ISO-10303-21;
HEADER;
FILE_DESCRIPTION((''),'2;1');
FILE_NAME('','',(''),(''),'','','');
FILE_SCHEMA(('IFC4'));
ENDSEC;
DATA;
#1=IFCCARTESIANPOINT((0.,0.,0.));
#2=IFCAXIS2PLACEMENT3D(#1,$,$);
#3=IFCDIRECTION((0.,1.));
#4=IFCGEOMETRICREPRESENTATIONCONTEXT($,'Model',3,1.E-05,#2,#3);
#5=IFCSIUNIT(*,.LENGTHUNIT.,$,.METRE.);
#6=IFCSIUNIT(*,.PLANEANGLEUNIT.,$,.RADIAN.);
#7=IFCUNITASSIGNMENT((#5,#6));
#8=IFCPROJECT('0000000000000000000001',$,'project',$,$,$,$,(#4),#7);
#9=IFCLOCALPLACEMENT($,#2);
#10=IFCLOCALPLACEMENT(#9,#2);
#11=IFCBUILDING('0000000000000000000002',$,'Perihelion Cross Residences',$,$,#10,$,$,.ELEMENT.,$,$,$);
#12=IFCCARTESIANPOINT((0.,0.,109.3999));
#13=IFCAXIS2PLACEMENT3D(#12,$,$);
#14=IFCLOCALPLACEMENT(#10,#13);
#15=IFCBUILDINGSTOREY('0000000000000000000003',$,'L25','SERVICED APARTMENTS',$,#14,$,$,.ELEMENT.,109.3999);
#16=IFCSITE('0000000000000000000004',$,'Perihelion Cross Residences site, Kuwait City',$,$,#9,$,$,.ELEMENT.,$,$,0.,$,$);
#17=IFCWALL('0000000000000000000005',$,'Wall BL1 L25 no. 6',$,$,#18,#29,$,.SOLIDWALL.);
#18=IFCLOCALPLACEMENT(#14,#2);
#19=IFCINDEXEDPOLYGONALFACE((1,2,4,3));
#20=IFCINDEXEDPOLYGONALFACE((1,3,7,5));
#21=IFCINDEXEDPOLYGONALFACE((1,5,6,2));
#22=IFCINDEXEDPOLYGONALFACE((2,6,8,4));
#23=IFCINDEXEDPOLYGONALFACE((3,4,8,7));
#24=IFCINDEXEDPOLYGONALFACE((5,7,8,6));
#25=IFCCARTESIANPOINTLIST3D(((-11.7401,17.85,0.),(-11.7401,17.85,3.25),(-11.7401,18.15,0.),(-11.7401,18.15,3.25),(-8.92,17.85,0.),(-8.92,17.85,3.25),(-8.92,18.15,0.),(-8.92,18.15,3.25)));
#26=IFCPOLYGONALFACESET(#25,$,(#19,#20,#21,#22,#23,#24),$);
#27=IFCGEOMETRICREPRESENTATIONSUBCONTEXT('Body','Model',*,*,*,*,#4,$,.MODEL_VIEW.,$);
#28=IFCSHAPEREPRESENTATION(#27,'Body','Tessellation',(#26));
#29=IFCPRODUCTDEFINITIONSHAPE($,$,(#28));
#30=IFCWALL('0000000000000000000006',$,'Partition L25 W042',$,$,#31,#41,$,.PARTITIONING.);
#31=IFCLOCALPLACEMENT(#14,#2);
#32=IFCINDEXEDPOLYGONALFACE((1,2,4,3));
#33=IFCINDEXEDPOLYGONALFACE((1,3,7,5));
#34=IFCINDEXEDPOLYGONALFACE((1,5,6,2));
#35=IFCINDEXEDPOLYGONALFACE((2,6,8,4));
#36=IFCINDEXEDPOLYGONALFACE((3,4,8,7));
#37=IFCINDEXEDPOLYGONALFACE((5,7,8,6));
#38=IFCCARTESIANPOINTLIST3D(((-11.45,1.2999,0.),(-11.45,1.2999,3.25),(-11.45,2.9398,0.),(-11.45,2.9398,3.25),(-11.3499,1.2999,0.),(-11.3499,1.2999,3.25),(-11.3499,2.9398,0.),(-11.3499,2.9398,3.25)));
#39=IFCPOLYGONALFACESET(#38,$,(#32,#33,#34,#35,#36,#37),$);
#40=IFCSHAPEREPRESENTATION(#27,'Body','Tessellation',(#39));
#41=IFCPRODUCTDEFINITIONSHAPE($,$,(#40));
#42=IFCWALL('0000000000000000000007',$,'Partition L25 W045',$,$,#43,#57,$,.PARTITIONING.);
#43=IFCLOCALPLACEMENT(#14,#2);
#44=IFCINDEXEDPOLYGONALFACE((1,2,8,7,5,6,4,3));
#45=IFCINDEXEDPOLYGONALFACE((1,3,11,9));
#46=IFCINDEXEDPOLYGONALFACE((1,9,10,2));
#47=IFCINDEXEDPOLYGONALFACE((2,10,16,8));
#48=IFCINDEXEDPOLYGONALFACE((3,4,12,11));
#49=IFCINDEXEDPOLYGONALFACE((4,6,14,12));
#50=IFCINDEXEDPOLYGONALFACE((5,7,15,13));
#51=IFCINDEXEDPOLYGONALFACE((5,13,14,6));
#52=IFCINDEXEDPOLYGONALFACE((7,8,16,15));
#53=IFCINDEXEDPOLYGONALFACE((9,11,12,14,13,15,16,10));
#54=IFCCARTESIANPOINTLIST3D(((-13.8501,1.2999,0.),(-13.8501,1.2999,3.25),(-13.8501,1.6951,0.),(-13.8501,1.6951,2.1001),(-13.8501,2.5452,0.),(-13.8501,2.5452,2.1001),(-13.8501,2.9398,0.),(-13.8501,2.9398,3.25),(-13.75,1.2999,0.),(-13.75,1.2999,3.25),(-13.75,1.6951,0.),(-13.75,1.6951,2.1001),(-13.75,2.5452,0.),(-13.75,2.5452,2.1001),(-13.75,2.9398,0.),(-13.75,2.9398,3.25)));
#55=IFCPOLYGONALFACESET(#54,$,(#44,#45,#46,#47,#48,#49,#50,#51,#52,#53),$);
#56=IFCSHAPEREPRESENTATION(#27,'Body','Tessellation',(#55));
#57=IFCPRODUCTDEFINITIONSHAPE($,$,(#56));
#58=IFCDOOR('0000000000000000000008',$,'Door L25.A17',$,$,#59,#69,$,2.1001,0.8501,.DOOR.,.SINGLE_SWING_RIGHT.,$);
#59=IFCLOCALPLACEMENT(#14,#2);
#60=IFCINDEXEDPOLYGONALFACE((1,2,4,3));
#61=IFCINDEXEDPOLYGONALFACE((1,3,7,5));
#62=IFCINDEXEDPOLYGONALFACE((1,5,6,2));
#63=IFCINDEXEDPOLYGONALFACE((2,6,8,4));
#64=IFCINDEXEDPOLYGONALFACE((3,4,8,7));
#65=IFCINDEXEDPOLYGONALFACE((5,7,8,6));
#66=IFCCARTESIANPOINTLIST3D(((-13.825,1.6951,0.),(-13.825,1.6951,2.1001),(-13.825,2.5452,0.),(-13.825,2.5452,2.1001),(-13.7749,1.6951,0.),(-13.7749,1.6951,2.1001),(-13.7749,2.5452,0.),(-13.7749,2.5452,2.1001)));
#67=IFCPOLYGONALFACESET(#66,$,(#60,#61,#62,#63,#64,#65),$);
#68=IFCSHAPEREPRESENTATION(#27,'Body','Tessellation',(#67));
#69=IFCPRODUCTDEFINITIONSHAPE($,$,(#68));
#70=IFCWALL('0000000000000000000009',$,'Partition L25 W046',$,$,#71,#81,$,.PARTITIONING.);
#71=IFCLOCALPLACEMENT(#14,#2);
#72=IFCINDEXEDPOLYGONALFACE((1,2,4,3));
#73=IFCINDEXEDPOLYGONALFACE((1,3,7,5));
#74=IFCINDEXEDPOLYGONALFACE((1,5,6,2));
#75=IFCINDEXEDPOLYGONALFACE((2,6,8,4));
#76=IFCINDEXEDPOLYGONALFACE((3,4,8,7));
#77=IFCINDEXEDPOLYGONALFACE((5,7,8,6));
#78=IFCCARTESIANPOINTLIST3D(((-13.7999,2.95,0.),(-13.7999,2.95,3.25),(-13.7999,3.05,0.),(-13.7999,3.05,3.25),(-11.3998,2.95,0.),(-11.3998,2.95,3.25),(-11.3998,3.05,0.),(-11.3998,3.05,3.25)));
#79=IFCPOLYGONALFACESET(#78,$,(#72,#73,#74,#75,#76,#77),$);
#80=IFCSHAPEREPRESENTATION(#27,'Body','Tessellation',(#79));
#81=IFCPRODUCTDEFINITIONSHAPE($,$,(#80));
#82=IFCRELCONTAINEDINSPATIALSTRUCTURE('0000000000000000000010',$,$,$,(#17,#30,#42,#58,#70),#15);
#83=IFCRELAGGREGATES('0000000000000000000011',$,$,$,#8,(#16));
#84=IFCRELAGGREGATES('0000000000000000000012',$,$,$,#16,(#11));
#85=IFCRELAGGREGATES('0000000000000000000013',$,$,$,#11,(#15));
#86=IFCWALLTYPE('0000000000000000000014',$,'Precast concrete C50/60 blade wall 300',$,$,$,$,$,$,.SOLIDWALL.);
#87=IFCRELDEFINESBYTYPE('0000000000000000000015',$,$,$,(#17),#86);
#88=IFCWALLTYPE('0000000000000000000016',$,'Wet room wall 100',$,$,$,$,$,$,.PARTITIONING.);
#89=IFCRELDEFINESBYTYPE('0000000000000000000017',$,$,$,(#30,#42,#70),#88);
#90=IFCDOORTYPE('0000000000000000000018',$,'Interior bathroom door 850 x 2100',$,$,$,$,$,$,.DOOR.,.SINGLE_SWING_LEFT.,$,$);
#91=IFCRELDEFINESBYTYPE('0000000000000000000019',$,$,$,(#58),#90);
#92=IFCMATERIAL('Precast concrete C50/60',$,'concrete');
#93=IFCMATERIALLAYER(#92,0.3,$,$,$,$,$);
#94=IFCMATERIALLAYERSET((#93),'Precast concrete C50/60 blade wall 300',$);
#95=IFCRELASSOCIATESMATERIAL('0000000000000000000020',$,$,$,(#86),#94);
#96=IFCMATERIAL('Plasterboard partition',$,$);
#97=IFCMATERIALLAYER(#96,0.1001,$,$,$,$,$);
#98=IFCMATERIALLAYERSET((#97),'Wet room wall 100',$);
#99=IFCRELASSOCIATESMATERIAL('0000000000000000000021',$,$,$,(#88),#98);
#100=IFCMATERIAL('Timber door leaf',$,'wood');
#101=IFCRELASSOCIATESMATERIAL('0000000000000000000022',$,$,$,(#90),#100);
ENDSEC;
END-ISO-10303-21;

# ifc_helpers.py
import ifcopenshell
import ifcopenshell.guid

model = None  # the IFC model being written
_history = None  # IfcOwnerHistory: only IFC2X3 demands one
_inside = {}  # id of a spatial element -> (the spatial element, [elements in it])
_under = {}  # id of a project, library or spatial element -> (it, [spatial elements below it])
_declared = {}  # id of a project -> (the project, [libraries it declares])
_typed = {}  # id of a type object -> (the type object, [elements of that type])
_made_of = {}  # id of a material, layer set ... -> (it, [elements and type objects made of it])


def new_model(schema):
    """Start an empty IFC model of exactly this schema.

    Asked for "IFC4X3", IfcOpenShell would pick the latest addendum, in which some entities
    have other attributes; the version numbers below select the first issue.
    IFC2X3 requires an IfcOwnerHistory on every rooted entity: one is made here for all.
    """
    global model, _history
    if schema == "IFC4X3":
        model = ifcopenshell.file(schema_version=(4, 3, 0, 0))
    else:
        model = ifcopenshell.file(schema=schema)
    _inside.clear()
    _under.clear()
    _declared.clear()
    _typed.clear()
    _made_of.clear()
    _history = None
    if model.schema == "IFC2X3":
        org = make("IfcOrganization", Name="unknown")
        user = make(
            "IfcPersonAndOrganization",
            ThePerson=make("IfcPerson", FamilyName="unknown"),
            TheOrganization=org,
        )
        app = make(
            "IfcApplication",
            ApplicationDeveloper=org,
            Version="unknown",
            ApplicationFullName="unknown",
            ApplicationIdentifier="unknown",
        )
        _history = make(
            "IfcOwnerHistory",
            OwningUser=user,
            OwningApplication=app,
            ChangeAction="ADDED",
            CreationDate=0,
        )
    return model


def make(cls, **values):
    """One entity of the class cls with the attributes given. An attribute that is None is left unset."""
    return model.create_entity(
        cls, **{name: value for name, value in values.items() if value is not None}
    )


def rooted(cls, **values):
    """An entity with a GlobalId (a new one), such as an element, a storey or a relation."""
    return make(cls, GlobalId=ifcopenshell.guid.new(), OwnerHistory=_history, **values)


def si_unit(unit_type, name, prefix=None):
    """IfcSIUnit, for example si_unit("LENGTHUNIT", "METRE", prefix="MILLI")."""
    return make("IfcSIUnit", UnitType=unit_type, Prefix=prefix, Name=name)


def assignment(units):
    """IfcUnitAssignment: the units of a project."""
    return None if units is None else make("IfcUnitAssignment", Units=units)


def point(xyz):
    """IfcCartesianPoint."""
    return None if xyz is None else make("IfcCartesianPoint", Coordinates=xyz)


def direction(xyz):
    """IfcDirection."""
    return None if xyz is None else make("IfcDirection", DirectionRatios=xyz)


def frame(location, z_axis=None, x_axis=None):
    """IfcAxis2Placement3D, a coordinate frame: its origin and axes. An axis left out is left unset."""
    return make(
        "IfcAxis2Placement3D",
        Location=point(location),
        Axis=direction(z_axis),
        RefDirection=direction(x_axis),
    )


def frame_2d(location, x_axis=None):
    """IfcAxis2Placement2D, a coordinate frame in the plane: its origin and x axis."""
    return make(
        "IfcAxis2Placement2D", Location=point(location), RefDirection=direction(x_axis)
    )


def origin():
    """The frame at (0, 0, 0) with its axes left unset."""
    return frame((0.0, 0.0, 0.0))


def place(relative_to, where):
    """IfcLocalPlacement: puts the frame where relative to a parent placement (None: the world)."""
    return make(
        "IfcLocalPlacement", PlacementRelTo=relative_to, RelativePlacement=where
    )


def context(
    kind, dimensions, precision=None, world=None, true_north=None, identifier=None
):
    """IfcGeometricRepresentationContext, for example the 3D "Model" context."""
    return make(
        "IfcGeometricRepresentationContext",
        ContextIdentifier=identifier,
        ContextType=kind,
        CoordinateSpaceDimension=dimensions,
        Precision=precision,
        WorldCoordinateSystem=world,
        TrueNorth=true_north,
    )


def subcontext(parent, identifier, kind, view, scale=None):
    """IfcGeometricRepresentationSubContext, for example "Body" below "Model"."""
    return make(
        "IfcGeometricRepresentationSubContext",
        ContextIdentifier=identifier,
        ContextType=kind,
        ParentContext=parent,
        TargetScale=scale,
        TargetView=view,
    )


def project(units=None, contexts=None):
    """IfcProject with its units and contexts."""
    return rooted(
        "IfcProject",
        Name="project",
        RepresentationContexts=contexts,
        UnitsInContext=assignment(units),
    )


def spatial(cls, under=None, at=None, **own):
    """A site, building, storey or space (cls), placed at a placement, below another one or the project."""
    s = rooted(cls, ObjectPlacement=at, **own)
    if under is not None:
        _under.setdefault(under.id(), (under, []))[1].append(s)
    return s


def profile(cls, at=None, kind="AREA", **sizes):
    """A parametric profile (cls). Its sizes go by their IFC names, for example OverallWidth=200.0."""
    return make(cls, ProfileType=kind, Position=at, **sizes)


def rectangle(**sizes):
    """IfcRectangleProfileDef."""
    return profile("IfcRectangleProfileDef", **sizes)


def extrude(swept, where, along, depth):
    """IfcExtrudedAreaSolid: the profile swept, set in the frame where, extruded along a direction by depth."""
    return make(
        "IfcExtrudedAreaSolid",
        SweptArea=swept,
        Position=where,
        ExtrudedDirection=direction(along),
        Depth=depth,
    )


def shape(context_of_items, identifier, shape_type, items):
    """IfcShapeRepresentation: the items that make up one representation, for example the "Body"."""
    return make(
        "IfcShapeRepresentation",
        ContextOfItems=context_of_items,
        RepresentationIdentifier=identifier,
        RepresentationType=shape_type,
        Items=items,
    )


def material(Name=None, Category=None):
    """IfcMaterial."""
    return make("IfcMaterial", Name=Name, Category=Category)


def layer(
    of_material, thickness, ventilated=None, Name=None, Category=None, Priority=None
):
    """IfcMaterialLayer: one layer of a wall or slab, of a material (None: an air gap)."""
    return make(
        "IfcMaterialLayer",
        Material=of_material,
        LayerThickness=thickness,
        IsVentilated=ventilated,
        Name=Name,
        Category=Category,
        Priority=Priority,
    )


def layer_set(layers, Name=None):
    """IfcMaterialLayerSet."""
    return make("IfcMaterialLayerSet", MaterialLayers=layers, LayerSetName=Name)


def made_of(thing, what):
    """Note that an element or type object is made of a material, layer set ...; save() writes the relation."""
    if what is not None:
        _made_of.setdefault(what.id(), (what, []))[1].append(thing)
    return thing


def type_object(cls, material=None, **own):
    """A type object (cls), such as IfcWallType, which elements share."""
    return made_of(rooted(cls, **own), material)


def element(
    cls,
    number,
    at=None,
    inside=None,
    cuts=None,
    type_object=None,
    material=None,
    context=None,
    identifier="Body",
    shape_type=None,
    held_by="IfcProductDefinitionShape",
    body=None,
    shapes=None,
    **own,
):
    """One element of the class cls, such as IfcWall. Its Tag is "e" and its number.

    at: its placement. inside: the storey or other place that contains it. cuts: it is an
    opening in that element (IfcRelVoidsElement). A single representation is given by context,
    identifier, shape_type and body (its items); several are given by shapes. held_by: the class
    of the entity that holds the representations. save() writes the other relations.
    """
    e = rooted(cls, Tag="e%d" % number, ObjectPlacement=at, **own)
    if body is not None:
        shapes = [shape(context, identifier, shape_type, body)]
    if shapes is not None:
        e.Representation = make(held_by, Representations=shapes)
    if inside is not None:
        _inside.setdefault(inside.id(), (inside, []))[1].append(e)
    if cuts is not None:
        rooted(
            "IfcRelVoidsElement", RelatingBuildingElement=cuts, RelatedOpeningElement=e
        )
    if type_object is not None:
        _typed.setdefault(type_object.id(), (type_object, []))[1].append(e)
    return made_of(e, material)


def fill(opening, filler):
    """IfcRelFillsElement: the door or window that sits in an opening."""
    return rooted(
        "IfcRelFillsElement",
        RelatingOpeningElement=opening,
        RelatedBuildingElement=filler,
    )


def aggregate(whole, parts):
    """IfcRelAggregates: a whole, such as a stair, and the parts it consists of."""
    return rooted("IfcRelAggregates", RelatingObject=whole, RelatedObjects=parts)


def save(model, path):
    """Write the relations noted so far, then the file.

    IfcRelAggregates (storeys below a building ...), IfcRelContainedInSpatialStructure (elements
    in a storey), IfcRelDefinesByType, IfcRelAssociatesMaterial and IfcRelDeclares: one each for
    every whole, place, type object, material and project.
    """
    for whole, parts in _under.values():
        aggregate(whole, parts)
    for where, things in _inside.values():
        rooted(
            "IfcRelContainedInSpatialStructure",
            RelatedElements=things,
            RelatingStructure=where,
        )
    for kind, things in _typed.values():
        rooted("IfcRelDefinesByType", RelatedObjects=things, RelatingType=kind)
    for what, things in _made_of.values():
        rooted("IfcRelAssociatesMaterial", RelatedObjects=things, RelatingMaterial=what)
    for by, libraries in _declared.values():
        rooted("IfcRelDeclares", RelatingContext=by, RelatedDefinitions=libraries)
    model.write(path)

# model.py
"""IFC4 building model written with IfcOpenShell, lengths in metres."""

from ifc_helpers import new_model, si_unit, direction, frame, frame_2d, origin, place, context, subcontext, project, spatial, rectangle, extrude, material, layer, layer_set, type_object, element, fill, save


model = new_model("IFC4")

# Units and contexts
model_context = context("Model", 3, precision=1e-05, world=origin(), true_north=direction((0.0, 1.0)))
body_context = subcontext(model_context, "Body", "Model", "MODEL_VIEW")
ifc_project = project(units=[si_unit("LENGTHUNIT", "METRE"), si_unit("PLANEANGLEUNIT", "RADIAN")], contexts=[model_context])

# Site, building, storey
site_placement = place(None, origin())
site = spatial("IfcSite", under=ifc_project, at=site_placement, Name="Perihelion Cross Residences site, Kuwait City", CompositionType="ELEMENT", RefElevation=0.0)
building_placement = place(site_placement, origin())
building = spatial("IfcBuilding", under=site, at=building_placement, Name="Perihelion Cross Residences", CompositionType="ELEMENT")
storey_placement = place(building_placement, frame((0.0, 0.0, 109.3999)))
storey = spatial("IfcBuildingStorey", under=building, at=storey_placement, Name="L25", Description="SERVICED APARTMENTS", CompositionType="ELEMENT", Elevation=109.3999)

# Walls
ifc_material_1 = material(Name="Precast concrete C50/60", Category="concrete")
ifc_layer_1 = layer(ifc_material_1, 0.3)
ifc_layer_set_1 = layer_set([ifc_layer_1], Name="Precast concrete C50/60 blade wall 300")
wall_type_1 = type_object("IfcWallType", Name="Precast concrete C50/60 blade wall 300", PredefinedType="SOLIDWALL", material=ifc_layer_set_1)
wall_1_placement = place(storey_placement, frame((-8.9199, 18.0, 0.0), z_axis=(0.0, 0.0, 1.0), x_axis=(-1.0, 0.0, 0.0)))
element("IfcWall", 1, at=wall_1_placement, inside=storey, type_object=wall_type_1, Name="Wall BL1 L25 no. 6", PredefinedType="SOLIDWALL", context=body_context, shape_type="SweptSolid", body=[
    extrude(rectangle(XDim=2.8201, YDim=0.3, at=frame_2d((1.4102, 0.0))), origin(), (0.0, 0.0, 1.0), 3.25),
])
ifc_material_2 = material(Name="Plasterboard partition")
ifc_layer_2 = layer(ifc_material_2, 0.1001)
ifc_layer_set_2 = layer_set([ifc_layer_2], Name="Wet room wall 100")
wall_type_2 = type_object("IfcWallType", Name="Wet room wall 100", PredefinedType="PARTITIONING", material=ifc_layer_set_2)
wall_2_placement = place(storey_placement, frame((-11.3999, 1.3, 0.0), z_axis=(0.0, 0.0, 1.0), x_axis=(0.0, 1.0, 0.0)))
element("IfcWall", 2, at=wall_2_placement, inside=storey, type_object=wall_type_2, Name="Partition L25 W042", PredefinedType="PARTITIONING", context=body_context, shape_type="SweptSolid", body=[
    extrude(rectangle(XDim=1.6399, YDim=0.1001, at=frame_2d((0.8198, 0.0))), origin(), (0.0, 0.0, 1.0), 3.25),
])

# Wall, opening, door
wall_3_placement = place(storey_placement, frame((-13.8, 1.3, 0.0), z_axis=(0.0, 0.0, 1.0), x_axis=(0.0, 1.0, 0.0)))
wall_3 = element("IfcWall", 3, at=wall_3_placement, inside=storey, type_object=wall_type_2, Name="Partition L25 W045", PredefinedType="PARTITIONING", context=body_context, shape_type="SweptSolid", body=[
    extrude(rectangle(XDim=1.6399, YDim=0.1001, at=frame_2d((0.8198, 0.0))), origin(), (0.0, 0.0, 1.0), 3.25),
])
opening_1_placement = place(wall_3_placement, frame((0.395, 0.0, 0.0)))
opening_1 = element("IfcOpeningElement", 4, at=opening_1_placement, cuts=wall_3, PredefinedType="OPENING", context=body_context, shape_type="SweptSolid", body=[
    extrude(rectangle(XDim=0.8501, YDim=2.1001, at=frame_2d((0.425, 1.05))), frame((0.0, 0.0601, 0.0), z_axis=(0.0, -1.0, 0.0), x_axis=(1.0, 0.0, 0.0)), (0.0, 0.0, 1.0), 0.1201),
])
ifc_material_3 = material(Name="Timber door leaf", Category="wood")
door_type_1 = type_object("IfcDoorType", Name="Interior bathroom door 850 x 2100", OperationType="SINGLE_SWING_LEFT", PredefinedType="DOOR", material=ifc_material_3)
door_1_placement = place(opening_1_placement, origin())
door_1 = element("IfcDoor", 5, at=door_1_placement, inside=storey, type_object=door_type_1, Name="Door L25.A17", OperationType="SINGLE_SWING_RIGHT", OverallHeight=2.1001, OverallWidth=0.8501, PredefinedType="DOOR", context=body_context, shape_type="SweptSolid", body=[
    extrude(rectangle(XDim=0.8501, YDim=2.1001, at=frame_2d((0.425, 1.05))), frame((0.0, 0.0249, 0.0), z_axis=(0.0, -1.0, 0.0), x_axis=(1.0, 0.0, 0.0)), (0.0, 0.0, 1.0), 0.05),
])
fill(opening_1, door_1)

# Wall
wall_4_placement = place(storey_placement, frame((-13.8, 3.0, 0.0), z_axis=(0.0, 0.0, 1.0), x_axis=(1.0, 0.0, 0.0)))
element("IfcWall", 6, at=wall_4_placement, inside=storey, type_object=wall_type_2, Name="Partition L25 W046", PredefinedType="PARTITIONING", context=body_context, shape_type="SweptSolid", body=[
    extrude(rectangle(XDim=2.4001, YDim=0.1001, at=frame_2d((1.2002, 0.0))), origin(), (0.0, 0.0, 1.0), 3.25),
])

save(model, "model.ifc")
